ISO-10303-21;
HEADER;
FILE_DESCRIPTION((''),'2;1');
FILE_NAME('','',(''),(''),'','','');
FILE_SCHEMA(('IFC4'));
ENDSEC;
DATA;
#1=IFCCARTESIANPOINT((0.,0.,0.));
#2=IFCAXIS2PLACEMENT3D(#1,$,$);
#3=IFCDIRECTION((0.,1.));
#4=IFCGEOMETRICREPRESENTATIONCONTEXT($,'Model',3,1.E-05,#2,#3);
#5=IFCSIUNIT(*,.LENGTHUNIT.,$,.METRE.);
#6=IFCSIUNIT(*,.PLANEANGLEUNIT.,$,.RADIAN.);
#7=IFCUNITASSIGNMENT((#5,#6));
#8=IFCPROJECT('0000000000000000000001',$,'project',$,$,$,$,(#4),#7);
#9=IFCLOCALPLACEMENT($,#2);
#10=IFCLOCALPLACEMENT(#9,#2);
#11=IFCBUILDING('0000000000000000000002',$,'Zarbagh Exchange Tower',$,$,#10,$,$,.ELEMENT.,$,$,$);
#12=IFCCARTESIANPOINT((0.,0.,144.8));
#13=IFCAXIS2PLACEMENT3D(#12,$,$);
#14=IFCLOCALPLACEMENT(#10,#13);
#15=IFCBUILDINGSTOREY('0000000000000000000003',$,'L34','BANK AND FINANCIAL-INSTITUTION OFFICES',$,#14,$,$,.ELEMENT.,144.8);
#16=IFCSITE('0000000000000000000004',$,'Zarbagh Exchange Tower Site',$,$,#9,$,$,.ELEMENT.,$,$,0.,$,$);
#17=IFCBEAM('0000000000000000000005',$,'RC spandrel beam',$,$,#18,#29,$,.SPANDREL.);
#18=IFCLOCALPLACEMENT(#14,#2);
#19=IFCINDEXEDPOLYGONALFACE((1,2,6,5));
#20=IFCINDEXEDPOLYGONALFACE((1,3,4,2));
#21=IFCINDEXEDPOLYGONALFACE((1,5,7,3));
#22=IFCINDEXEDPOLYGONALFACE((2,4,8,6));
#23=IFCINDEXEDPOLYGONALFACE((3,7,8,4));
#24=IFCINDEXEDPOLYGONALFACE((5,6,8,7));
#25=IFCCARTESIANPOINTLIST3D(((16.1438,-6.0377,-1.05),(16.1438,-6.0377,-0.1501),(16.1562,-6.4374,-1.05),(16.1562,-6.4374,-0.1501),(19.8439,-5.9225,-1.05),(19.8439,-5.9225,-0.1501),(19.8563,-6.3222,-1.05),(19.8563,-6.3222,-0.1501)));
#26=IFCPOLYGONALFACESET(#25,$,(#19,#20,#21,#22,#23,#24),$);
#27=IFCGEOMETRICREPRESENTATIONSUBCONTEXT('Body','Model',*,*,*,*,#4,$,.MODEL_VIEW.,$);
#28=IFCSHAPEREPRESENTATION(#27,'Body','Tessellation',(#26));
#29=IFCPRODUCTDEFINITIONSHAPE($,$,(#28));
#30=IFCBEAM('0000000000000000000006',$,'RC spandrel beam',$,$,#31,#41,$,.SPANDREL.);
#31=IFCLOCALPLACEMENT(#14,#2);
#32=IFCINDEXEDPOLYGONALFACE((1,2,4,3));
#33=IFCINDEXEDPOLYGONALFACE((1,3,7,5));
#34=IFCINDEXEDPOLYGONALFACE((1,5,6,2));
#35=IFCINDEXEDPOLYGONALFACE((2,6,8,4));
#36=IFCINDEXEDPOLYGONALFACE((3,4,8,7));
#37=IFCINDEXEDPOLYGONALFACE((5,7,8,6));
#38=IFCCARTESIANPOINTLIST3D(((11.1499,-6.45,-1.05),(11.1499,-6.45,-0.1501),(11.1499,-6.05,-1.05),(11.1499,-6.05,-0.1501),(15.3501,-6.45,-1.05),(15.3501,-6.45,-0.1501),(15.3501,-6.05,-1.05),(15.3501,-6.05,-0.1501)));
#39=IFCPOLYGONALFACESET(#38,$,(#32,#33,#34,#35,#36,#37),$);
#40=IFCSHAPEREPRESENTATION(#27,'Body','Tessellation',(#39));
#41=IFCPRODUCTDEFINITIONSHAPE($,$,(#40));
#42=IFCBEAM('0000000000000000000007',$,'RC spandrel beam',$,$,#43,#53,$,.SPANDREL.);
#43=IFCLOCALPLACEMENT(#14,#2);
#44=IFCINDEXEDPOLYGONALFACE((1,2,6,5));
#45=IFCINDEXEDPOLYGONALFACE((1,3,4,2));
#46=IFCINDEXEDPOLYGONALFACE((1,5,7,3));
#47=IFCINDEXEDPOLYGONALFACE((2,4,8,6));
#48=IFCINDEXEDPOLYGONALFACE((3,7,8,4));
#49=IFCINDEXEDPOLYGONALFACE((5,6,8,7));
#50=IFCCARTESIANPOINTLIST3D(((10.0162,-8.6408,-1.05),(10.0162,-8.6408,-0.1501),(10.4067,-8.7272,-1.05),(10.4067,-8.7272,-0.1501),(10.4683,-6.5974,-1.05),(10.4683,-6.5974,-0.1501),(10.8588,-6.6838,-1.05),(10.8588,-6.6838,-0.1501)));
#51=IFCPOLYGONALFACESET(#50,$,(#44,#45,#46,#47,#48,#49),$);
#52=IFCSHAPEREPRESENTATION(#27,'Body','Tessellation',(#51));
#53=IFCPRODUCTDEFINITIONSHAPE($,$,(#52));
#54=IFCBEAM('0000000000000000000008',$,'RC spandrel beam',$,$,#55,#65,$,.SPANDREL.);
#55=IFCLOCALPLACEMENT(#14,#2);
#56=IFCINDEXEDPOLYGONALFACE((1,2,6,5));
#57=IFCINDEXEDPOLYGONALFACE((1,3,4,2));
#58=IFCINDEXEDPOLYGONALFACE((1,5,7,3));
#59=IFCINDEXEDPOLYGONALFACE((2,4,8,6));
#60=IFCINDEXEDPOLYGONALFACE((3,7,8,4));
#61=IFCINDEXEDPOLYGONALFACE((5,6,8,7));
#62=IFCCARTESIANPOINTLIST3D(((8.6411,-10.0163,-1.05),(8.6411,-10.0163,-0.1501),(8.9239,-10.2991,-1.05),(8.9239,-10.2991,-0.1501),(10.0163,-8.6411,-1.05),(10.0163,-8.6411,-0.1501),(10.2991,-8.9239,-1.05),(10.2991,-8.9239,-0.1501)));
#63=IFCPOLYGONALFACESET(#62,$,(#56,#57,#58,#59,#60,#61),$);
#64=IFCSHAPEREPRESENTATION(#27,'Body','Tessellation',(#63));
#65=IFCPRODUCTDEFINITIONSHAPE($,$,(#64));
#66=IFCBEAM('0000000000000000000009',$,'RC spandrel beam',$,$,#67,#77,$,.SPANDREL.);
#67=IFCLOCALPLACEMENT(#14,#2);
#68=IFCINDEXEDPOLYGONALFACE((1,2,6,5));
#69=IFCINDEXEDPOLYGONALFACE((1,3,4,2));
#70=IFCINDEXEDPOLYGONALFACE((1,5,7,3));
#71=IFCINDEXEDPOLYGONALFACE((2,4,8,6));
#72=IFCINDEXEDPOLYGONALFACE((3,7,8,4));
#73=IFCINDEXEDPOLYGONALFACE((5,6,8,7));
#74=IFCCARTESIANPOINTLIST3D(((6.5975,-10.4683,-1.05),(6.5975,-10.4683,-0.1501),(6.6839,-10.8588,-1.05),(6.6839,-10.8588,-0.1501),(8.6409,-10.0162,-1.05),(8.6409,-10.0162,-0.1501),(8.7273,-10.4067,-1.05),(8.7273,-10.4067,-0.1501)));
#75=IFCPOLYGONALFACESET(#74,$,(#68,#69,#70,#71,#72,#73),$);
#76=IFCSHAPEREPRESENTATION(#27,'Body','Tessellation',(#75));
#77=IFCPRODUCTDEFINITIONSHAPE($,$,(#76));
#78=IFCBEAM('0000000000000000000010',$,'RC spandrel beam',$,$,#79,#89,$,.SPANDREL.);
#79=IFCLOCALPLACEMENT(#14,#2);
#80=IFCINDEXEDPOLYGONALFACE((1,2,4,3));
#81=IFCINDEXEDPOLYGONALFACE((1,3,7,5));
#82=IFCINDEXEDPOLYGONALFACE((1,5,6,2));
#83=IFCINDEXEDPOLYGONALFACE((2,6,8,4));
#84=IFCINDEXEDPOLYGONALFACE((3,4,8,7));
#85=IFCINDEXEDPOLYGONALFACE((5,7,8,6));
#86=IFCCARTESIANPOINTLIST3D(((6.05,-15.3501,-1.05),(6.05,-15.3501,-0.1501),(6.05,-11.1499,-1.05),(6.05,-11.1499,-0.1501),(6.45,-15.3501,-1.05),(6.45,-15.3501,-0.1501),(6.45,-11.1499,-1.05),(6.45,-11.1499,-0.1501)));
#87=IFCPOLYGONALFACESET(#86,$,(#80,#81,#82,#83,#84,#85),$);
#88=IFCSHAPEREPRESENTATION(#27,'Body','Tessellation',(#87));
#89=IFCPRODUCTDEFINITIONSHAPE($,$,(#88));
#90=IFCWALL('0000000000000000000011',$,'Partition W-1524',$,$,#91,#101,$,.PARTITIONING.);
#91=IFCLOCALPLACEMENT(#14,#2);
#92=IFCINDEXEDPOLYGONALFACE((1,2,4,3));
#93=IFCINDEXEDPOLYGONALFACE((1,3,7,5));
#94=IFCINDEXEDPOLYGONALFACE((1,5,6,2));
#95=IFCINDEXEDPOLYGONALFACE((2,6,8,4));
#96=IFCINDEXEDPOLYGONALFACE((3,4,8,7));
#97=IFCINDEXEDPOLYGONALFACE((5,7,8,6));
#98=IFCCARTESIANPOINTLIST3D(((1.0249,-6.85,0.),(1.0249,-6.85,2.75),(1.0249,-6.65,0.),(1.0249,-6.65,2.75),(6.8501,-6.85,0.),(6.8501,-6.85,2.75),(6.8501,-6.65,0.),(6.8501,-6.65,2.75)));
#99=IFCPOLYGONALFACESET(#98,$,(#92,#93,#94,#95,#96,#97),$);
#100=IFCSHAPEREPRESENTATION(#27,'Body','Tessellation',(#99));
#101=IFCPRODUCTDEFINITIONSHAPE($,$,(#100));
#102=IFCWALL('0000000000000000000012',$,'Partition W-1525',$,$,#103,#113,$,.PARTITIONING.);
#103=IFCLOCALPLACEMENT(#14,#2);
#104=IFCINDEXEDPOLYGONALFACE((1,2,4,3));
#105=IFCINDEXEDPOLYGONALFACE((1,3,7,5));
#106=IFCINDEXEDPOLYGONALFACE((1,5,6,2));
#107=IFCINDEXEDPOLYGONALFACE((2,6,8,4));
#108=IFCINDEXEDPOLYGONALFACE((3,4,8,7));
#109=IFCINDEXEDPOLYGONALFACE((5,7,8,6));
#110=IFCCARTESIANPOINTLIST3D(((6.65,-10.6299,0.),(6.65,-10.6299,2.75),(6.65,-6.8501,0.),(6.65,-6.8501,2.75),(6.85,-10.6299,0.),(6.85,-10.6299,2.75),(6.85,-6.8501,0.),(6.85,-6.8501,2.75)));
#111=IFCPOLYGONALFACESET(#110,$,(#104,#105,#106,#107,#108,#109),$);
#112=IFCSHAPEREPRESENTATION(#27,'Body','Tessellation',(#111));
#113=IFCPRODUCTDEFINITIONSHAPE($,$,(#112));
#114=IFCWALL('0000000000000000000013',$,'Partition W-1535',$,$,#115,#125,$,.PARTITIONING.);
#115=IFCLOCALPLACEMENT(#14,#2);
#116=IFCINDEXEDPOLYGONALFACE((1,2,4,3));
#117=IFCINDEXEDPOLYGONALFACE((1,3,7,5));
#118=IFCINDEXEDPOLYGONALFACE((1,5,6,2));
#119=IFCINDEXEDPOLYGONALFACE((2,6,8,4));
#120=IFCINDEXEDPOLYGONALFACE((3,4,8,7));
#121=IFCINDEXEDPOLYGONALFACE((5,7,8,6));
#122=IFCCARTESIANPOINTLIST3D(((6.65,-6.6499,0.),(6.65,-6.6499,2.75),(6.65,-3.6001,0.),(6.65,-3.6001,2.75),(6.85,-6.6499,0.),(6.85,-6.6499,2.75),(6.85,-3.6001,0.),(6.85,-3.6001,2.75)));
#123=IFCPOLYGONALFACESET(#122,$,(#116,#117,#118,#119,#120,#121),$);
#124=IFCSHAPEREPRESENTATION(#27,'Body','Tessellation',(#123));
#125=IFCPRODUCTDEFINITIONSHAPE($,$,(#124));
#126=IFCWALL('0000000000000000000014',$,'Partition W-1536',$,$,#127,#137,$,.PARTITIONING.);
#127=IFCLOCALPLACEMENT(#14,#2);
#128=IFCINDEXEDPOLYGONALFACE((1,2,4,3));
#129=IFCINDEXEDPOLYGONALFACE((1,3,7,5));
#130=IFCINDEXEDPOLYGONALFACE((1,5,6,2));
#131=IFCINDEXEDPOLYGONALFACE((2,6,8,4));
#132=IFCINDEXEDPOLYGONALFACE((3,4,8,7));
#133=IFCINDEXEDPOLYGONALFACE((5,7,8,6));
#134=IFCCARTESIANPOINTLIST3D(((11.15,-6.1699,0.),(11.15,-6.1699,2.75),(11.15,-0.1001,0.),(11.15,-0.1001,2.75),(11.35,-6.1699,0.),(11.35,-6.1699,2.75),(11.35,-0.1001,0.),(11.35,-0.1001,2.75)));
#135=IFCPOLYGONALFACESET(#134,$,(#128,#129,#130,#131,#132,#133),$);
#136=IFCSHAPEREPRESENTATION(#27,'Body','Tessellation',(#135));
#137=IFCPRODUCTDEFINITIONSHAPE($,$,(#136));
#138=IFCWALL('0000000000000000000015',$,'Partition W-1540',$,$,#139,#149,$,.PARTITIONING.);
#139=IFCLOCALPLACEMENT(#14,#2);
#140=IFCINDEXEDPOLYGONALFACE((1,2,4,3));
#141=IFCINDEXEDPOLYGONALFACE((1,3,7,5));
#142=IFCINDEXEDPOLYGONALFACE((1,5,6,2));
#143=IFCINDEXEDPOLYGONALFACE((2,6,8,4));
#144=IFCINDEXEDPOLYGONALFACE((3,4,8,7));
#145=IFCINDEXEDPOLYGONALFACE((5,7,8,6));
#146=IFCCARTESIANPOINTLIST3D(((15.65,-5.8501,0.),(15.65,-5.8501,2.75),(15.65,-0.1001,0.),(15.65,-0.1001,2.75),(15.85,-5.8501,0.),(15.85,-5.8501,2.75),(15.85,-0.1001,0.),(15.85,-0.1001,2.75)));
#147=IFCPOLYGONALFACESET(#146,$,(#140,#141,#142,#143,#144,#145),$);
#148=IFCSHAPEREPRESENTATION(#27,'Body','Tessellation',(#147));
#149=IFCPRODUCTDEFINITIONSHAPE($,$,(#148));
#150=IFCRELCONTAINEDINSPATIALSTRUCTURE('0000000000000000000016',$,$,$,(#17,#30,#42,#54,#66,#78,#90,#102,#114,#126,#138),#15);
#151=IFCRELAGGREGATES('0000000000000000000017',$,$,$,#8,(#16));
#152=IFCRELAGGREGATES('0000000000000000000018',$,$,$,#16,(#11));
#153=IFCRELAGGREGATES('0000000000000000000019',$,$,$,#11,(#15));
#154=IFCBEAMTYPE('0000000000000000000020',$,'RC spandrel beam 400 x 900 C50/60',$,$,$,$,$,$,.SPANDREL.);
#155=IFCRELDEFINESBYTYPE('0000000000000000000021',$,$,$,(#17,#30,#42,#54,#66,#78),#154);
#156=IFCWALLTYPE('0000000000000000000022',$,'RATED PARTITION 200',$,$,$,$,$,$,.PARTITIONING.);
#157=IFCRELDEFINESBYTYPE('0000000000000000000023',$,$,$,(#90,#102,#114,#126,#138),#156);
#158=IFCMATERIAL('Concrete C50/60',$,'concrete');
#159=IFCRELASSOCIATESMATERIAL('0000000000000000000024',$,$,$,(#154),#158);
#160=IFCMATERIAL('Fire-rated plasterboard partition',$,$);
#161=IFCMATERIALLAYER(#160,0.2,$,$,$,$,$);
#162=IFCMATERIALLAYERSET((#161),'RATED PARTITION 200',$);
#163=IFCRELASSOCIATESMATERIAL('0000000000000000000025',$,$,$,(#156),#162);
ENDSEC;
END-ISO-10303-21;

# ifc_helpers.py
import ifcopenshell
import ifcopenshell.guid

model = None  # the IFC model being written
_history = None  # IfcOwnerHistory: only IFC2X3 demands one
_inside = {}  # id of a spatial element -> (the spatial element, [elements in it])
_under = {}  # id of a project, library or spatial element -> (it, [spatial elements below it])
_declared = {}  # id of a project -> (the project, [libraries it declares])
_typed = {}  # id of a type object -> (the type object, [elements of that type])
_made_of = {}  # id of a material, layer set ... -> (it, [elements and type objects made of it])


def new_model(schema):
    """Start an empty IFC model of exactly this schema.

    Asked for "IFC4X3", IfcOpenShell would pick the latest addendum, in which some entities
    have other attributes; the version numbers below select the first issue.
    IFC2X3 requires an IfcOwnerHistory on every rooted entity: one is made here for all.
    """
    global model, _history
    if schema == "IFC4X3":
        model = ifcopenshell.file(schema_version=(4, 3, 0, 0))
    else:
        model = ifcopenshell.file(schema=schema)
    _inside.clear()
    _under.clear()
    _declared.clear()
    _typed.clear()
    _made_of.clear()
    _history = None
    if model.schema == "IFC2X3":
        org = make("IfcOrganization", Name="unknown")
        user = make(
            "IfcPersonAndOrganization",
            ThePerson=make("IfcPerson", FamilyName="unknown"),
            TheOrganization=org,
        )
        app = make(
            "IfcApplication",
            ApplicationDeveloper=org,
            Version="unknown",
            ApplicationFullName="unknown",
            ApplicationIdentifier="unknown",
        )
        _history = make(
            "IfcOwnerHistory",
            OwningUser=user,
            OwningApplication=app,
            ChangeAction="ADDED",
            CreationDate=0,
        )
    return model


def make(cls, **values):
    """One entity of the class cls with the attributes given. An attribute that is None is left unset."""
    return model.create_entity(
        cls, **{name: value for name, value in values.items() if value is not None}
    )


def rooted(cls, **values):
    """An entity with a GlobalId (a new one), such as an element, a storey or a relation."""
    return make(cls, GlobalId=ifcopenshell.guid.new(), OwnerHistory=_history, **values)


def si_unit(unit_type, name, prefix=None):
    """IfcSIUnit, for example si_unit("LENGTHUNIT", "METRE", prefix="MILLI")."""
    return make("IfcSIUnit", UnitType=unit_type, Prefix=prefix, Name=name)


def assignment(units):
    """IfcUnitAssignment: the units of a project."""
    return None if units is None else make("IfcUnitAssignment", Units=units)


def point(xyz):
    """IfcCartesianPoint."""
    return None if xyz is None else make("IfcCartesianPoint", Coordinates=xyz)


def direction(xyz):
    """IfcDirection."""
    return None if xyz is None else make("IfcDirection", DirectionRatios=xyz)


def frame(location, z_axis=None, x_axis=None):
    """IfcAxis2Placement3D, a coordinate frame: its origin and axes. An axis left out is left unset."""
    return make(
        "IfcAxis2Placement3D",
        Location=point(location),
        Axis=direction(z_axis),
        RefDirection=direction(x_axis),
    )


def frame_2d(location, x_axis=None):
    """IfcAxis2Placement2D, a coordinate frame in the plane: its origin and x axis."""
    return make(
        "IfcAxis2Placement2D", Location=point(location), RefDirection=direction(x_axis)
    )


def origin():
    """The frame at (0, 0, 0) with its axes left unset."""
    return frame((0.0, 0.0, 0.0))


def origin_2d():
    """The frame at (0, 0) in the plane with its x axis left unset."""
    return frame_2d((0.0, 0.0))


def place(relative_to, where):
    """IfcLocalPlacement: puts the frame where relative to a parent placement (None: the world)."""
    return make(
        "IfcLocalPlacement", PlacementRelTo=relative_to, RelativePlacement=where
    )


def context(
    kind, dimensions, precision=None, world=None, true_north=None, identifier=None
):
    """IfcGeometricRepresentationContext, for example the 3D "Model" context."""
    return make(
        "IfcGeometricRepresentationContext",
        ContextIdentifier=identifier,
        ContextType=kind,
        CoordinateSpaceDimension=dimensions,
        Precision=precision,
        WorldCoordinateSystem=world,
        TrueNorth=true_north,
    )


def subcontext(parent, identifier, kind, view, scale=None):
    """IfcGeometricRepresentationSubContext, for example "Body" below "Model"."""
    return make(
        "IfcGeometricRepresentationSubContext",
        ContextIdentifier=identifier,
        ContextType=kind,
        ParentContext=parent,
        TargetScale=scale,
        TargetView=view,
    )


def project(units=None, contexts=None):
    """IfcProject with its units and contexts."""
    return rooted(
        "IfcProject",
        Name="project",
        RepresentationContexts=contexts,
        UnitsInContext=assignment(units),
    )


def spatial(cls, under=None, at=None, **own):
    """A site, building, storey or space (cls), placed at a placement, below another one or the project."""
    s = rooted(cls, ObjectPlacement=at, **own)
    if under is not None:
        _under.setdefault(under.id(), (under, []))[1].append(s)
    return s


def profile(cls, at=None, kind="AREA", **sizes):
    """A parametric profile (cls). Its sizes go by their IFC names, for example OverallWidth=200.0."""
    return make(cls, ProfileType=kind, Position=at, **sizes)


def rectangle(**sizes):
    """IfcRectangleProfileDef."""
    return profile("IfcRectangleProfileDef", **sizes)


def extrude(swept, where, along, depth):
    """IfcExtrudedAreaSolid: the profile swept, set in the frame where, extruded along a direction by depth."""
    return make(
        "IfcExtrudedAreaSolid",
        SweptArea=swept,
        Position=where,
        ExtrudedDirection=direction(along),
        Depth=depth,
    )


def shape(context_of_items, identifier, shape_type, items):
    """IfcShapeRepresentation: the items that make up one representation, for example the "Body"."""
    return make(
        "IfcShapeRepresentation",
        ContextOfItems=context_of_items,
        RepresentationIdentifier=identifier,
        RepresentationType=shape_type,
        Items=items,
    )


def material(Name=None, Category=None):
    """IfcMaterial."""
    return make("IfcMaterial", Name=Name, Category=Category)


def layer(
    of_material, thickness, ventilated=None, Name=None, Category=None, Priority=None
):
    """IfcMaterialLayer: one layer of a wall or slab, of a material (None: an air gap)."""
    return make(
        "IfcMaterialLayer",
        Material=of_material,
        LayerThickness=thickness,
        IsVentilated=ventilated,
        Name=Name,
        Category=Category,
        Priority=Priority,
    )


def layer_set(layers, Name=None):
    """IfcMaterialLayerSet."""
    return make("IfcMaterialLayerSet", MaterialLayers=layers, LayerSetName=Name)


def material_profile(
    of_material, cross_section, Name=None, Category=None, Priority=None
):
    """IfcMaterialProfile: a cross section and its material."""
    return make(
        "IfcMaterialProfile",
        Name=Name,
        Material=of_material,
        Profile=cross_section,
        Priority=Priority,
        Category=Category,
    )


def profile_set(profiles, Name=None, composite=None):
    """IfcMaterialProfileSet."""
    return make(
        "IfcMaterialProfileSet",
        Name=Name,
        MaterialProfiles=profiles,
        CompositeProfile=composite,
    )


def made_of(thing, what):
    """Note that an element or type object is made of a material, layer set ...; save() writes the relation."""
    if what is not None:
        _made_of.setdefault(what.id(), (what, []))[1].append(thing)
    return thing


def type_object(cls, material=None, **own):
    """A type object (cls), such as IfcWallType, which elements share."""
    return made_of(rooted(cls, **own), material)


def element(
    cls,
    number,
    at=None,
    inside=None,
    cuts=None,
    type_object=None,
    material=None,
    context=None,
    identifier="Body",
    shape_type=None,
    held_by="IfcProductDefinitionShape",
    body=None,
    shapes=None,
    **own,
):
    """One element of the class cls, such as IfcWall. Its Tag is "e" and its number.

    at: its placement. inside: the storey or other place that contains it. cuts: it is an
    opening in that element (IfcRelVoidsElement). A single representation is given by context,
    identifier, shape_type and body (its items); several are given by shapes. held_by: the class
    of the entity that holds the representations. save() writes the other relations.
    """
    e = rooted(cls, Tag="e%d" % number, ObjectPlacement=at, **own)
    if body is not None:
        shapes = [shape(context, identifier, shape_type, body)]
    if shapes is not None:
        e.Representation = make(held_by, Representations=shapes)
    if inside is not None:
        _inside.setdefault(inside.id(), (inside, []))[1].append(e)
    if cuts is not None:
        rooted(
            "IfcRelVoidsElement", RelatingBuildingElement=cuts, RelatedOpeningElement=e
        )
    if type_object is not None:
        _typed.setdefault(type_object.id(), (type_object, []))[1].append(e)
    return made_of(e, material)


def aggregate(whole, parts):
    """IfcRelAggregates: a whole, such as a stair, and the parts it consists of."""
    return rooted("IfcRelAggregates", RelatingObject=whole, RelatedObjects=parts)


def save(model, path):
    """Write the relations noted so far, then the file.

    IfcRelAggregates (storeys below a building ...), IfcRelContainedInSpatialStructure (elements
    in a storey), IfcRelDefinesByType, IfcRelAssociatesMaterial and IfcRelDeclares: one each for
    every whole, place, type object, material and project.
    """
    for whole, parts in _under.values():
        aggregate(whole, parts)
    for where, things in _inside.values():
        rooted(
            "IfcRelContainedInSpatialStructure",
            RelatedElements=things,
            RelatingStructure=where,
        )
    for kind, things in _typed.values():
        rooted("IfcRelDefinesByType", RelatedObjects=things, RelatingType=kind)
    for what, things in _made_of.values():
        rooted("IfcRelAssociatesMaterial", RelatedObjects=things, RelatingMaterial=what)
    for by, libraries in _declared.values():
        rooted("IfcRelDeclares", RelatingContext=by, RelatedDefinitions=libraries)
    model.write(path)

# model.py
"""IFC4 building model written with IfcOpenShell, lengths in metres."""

from ifc_helpers import new_model, si_unit, direction, frame, frame_2d, origin, origin_2d, place, context, subcontext, project, spatial, rectangle, extrude, material, layer, layer_set, material_profile, profile_set, type_object, element, save


model = new_model("IFC4")

# Units and contexts
model_context = context("Model", 3, precision=1e-05, world=origin(), true_north=direction((0.0, 1.0)))
body_context = subcontext(model_context, "Body", "Model", "MODEL_VIEW")
ifc_project = project(units=[si_unit("LENGTHUNIT", "METRE"), si_unit("PLANEANGLEUNIT", "RADIAN")], contexts=[model_context])

# Site, building, storey
site_placement = place(None, origin())
site = spatial("IfcSite", under=ifc_project, at=site_placement, Name="Zarbagh Exchange Tower Site", CompositionType="ELEMENT", RefElevation=0.0)
building_placement = place(site_placement, origin())
building = spatial("IfcBuilding", under=site, at=building_placement, Name="Zarbagh Exchange Tower", CompositionType="ELEMENT")
storey_placement = place(building_placement, frame((0.0, 0.0, 144.8)))
storey = spatial("IfcBuildingStorey", under=building, at=storey_placement, Name="L34", Description="BANK AND FINANCIAL-INSTITUTION OFFICES", CompositionType="ELEMENT", Elevation=144.8)

# Shared definitions
ifc_material_1 = material(Name="Concrete C50/60", Category="concrete")

# Beams
ifc_material_profile_1 = material_profile(ifc_material_1, rectangle(XDim=0.3999, YDim=0.8999, at=origin_2d()), Name="RC spandrel beam 400 x 900 C50/60")
ifc_profile_set_1 = profile_set([ifc_material_profile_1], Name="Concrete C50/60")
beam_type_1 = type_object("IfcBeamType", Name="RC spandrel beam 400 x 900 C50/60", PredefinedType="SPANDREL", material=ifc_profile_set_1)
beam_1_placement = place(storey_placement, frame((19.8501, -6.1223, -0.6001), z_axis=(-0.999515, -0.031128, 0.0), x_axis=(0.031128, -0.999515, 0.0)))
element("IfcBeam", 1, at=beam_1_placement, inside=storey, type_object=beam_type_1, Name="RC spandrel beam", PredefinedType="SPANDREL", context=body_context, shape_type="SweptSolid", body=[
    extrude(rectangle(XDim=0.3999, YDim=0.8999, at=origin_2d()), origin(), (0.0, 0.0, 1.0), 3.7019),
])
beam_2_placement = place(storey_placement, frame((15.3501, -6.25, -0.6001), z_axis=(-1.0, 0.0, 0.0), x_axis=(0.0, -1.0, 0.0)))
element("IfcBeam", 2, at=beam_2_placement, inside=storey, type_object=beam_type_1, Name="RC spandrel beam", PredefinedType="SPANDREL", context=body_context, shape_type="SweptSolid", body=[
    extrude(rectangle(XDim=0.3999, YDim=0.8999, at=origin_2d()), origin(), (0.0, 0.0, 1.0), 4.2002),
])
beam_3_placement = place(storey_placement, frame((10.6636, -6.6406, -0.6001), z_axis=(-0.216041, -0.976384, 0.0), x_axis=(0.976384, -0.216041, 0.0)))
element("IfcBeam", 3, at=beam_3_placement, inside=storey, type_object=beam_type_1, Name="RC spandrel beam", PredefinedType="SPANDREL", context=body_context, shape_type="SweptSolid", body=[
    extrude(rectangle(XDim=0.3999, YDim=0.8999, at=origin_2d()), origin(), (0.0, 0.0, 1.0), 2.0928),
])
beam_4_placement = place(storey_placement, frame((10.1577, -8.7825, -0.6001), z_axis=(-0.707107, -0.707107, 0.0), x_axis=(0.707107, -0.707107, 0.0)))
element("IfcBeam", 4, at=beam_4_placement, inside=storey, type_object=beam_type_1, Name="RC spandrel beam", PredefinedType="SPANDREL", context=body_context, shape_type="SweptSolid", body=[
    extrude(rectangle(XDim=0.3999, YDim=0.8999, at=origin_2d()), origin(), (0.0, 0.0, 1.0), 1.9448),
])
beam_5_placement = place(storey_placement, frame((8.6841, -10.2114, -0.6001), z_axis=(-0.976384, -0.216041, 0.0), x_axis=(0.216041, -0.976384, 0.0)))
element("IfcBeam", 5, at=beam_5_placement, inside=storey, type_object=beam_type_1, Name="RC spandrel beam", PredefinedType="SPANDREL", context=body_context, shape_type="SweptSolid", body=[
    extrude(rectangle(XDim=0.3999, YDim=0.8999, at=origin_2d()), origin(), (0.0, 0.0, 1.0), 2.0928),
])
beam_6_placement = place(storey_placement, frame((6.25, -11.1499, -0.6001), z_axis=(0.0, -1.0, 0.0), x_axis=(1.0, 0.0, 0.0)))
element("IfcBeam", 6, at=beam_6_placement, inside=storey, type_object=beam_type_1, Name="RC spandrel beam", PredefinedType="SPANDREL", context=body_context, shape_type="SweptSolid", body=[
    extrude(rectangle(XDim=0.3999, YDim=0.8999, at=origin_2d()), origin(), (0.0, 0.0, 1.0), 4.2002),
])

# Walls
ifc_material_2 = material(Name="Fire-rated plasterboard partition")
ifc_layer = layer(ifc_material_2, 0.2)
ifc_layer_set = layer_set([ifc_layer], Name="RATED PARTITION 200")
wall_type = type_object("IfcWallType", Name="RATED PARTITION 200", PredefinedType="PARTITIONING", material=ifc_layer_set)
wall_1_placement = place(storey_placement, frame((1.0249, -6.75, 0.0), z_axis=(0.0, 0.0, 1.0), x_axis=(1.0, 0.0, 0.0)))
element("IfcWall", 7, at=wall_1_placement, inside=storey, type_object=wall_type, Name="Partition W-1524", PredefinedType="PARTITIONING", context=body_context, shape_type="SweptSolid", body=[
    extrude(rectangle(XDim=5.8252, YDim=0.2, at=frame_2d((2.9126, 0.0))), origin(), (0.0, 0.0, 1.0), 2.75),
])
wall_2_placement = place(storey_placement, frame((6.75, -10.6299, 0.0), z_axis=(0.0, 0.0, 1.0), x_axis=(0.0, 1.0, 0.0)))
element("IfcWall", 8, at=wall_2_placement, inside=storey, type_object=wall_type, Name="Partition W-1525", PredefinedType="PARTITIONING", context=body_context, shape_type="SweptSolid", body=[
    extrude(rectangle(XDim=3.7798, YDim=0.2, at=frame_2d((1.8899, 0.0))), origin(), (0.0, 0.0, 1.0), 2.75),
])
wall_3_placement = place(storey_placement, frame((6.75, -6.6499, 0.0), z_axis=(0.0, 0.0, 1.0), x_axis=(0.0, 1.0, 0.0)))
element("IfcWall", 9, at=wall_3_placement, inside=storey, type_object=wall_type, Name="Partition W-1535", PredefinedType="PARTITIONING", context=body_context, shape_type="SweptSolid", body=[
    extrude(rectangle(XDim=3.0498, YDim=0.2, at=frame_2d((1.5249, 0.0))), origin(), (0.0, 0.0, 1.0), 2.75),
])
wall_4_placement = place(storey_placement, frame((11.25, -6.1699, 0.0), z_axis=(0.0, 0.0, 1.0), x_axis=(0.0, 1.0, 0.0)))
element("IfcWall", 10, at=wall_4_placement, inside=storey, type_object=wall_type, Name="Partition W-1536", PredefinedType="PARTITIONING", context=body_context, shape_type="SweptSolid", body=[
    extrude(rectangle(XDim=6.0698, YDim=0.2, at=frame_2d((3.0349, 0.0))), origin(), (0.0, 0.0, 1.0), 2.75),
])
wall_5_placement = place(storey_placement, frame((15.75, -5.8501, 0.0), z_axis=(0.0, 0.0, 1.0), x_axis=(0.0, 1.0, 0.0)))
element("IfcWall", 11, at=wall_5_placement, inside=storey, type_object=wall_type, Name="Partition W-1540", PredefinedType="PARTITIONING", context=body_context, shape_type="SweptSolid", body=[
    extrude(rectangle(XDim=5.75, YDim=0.2, at=frame_2d((2.875, 0.0))), origin(), (0.0, 0.0, 1.0), 2.75),
])

save(model, "model.ifc")
